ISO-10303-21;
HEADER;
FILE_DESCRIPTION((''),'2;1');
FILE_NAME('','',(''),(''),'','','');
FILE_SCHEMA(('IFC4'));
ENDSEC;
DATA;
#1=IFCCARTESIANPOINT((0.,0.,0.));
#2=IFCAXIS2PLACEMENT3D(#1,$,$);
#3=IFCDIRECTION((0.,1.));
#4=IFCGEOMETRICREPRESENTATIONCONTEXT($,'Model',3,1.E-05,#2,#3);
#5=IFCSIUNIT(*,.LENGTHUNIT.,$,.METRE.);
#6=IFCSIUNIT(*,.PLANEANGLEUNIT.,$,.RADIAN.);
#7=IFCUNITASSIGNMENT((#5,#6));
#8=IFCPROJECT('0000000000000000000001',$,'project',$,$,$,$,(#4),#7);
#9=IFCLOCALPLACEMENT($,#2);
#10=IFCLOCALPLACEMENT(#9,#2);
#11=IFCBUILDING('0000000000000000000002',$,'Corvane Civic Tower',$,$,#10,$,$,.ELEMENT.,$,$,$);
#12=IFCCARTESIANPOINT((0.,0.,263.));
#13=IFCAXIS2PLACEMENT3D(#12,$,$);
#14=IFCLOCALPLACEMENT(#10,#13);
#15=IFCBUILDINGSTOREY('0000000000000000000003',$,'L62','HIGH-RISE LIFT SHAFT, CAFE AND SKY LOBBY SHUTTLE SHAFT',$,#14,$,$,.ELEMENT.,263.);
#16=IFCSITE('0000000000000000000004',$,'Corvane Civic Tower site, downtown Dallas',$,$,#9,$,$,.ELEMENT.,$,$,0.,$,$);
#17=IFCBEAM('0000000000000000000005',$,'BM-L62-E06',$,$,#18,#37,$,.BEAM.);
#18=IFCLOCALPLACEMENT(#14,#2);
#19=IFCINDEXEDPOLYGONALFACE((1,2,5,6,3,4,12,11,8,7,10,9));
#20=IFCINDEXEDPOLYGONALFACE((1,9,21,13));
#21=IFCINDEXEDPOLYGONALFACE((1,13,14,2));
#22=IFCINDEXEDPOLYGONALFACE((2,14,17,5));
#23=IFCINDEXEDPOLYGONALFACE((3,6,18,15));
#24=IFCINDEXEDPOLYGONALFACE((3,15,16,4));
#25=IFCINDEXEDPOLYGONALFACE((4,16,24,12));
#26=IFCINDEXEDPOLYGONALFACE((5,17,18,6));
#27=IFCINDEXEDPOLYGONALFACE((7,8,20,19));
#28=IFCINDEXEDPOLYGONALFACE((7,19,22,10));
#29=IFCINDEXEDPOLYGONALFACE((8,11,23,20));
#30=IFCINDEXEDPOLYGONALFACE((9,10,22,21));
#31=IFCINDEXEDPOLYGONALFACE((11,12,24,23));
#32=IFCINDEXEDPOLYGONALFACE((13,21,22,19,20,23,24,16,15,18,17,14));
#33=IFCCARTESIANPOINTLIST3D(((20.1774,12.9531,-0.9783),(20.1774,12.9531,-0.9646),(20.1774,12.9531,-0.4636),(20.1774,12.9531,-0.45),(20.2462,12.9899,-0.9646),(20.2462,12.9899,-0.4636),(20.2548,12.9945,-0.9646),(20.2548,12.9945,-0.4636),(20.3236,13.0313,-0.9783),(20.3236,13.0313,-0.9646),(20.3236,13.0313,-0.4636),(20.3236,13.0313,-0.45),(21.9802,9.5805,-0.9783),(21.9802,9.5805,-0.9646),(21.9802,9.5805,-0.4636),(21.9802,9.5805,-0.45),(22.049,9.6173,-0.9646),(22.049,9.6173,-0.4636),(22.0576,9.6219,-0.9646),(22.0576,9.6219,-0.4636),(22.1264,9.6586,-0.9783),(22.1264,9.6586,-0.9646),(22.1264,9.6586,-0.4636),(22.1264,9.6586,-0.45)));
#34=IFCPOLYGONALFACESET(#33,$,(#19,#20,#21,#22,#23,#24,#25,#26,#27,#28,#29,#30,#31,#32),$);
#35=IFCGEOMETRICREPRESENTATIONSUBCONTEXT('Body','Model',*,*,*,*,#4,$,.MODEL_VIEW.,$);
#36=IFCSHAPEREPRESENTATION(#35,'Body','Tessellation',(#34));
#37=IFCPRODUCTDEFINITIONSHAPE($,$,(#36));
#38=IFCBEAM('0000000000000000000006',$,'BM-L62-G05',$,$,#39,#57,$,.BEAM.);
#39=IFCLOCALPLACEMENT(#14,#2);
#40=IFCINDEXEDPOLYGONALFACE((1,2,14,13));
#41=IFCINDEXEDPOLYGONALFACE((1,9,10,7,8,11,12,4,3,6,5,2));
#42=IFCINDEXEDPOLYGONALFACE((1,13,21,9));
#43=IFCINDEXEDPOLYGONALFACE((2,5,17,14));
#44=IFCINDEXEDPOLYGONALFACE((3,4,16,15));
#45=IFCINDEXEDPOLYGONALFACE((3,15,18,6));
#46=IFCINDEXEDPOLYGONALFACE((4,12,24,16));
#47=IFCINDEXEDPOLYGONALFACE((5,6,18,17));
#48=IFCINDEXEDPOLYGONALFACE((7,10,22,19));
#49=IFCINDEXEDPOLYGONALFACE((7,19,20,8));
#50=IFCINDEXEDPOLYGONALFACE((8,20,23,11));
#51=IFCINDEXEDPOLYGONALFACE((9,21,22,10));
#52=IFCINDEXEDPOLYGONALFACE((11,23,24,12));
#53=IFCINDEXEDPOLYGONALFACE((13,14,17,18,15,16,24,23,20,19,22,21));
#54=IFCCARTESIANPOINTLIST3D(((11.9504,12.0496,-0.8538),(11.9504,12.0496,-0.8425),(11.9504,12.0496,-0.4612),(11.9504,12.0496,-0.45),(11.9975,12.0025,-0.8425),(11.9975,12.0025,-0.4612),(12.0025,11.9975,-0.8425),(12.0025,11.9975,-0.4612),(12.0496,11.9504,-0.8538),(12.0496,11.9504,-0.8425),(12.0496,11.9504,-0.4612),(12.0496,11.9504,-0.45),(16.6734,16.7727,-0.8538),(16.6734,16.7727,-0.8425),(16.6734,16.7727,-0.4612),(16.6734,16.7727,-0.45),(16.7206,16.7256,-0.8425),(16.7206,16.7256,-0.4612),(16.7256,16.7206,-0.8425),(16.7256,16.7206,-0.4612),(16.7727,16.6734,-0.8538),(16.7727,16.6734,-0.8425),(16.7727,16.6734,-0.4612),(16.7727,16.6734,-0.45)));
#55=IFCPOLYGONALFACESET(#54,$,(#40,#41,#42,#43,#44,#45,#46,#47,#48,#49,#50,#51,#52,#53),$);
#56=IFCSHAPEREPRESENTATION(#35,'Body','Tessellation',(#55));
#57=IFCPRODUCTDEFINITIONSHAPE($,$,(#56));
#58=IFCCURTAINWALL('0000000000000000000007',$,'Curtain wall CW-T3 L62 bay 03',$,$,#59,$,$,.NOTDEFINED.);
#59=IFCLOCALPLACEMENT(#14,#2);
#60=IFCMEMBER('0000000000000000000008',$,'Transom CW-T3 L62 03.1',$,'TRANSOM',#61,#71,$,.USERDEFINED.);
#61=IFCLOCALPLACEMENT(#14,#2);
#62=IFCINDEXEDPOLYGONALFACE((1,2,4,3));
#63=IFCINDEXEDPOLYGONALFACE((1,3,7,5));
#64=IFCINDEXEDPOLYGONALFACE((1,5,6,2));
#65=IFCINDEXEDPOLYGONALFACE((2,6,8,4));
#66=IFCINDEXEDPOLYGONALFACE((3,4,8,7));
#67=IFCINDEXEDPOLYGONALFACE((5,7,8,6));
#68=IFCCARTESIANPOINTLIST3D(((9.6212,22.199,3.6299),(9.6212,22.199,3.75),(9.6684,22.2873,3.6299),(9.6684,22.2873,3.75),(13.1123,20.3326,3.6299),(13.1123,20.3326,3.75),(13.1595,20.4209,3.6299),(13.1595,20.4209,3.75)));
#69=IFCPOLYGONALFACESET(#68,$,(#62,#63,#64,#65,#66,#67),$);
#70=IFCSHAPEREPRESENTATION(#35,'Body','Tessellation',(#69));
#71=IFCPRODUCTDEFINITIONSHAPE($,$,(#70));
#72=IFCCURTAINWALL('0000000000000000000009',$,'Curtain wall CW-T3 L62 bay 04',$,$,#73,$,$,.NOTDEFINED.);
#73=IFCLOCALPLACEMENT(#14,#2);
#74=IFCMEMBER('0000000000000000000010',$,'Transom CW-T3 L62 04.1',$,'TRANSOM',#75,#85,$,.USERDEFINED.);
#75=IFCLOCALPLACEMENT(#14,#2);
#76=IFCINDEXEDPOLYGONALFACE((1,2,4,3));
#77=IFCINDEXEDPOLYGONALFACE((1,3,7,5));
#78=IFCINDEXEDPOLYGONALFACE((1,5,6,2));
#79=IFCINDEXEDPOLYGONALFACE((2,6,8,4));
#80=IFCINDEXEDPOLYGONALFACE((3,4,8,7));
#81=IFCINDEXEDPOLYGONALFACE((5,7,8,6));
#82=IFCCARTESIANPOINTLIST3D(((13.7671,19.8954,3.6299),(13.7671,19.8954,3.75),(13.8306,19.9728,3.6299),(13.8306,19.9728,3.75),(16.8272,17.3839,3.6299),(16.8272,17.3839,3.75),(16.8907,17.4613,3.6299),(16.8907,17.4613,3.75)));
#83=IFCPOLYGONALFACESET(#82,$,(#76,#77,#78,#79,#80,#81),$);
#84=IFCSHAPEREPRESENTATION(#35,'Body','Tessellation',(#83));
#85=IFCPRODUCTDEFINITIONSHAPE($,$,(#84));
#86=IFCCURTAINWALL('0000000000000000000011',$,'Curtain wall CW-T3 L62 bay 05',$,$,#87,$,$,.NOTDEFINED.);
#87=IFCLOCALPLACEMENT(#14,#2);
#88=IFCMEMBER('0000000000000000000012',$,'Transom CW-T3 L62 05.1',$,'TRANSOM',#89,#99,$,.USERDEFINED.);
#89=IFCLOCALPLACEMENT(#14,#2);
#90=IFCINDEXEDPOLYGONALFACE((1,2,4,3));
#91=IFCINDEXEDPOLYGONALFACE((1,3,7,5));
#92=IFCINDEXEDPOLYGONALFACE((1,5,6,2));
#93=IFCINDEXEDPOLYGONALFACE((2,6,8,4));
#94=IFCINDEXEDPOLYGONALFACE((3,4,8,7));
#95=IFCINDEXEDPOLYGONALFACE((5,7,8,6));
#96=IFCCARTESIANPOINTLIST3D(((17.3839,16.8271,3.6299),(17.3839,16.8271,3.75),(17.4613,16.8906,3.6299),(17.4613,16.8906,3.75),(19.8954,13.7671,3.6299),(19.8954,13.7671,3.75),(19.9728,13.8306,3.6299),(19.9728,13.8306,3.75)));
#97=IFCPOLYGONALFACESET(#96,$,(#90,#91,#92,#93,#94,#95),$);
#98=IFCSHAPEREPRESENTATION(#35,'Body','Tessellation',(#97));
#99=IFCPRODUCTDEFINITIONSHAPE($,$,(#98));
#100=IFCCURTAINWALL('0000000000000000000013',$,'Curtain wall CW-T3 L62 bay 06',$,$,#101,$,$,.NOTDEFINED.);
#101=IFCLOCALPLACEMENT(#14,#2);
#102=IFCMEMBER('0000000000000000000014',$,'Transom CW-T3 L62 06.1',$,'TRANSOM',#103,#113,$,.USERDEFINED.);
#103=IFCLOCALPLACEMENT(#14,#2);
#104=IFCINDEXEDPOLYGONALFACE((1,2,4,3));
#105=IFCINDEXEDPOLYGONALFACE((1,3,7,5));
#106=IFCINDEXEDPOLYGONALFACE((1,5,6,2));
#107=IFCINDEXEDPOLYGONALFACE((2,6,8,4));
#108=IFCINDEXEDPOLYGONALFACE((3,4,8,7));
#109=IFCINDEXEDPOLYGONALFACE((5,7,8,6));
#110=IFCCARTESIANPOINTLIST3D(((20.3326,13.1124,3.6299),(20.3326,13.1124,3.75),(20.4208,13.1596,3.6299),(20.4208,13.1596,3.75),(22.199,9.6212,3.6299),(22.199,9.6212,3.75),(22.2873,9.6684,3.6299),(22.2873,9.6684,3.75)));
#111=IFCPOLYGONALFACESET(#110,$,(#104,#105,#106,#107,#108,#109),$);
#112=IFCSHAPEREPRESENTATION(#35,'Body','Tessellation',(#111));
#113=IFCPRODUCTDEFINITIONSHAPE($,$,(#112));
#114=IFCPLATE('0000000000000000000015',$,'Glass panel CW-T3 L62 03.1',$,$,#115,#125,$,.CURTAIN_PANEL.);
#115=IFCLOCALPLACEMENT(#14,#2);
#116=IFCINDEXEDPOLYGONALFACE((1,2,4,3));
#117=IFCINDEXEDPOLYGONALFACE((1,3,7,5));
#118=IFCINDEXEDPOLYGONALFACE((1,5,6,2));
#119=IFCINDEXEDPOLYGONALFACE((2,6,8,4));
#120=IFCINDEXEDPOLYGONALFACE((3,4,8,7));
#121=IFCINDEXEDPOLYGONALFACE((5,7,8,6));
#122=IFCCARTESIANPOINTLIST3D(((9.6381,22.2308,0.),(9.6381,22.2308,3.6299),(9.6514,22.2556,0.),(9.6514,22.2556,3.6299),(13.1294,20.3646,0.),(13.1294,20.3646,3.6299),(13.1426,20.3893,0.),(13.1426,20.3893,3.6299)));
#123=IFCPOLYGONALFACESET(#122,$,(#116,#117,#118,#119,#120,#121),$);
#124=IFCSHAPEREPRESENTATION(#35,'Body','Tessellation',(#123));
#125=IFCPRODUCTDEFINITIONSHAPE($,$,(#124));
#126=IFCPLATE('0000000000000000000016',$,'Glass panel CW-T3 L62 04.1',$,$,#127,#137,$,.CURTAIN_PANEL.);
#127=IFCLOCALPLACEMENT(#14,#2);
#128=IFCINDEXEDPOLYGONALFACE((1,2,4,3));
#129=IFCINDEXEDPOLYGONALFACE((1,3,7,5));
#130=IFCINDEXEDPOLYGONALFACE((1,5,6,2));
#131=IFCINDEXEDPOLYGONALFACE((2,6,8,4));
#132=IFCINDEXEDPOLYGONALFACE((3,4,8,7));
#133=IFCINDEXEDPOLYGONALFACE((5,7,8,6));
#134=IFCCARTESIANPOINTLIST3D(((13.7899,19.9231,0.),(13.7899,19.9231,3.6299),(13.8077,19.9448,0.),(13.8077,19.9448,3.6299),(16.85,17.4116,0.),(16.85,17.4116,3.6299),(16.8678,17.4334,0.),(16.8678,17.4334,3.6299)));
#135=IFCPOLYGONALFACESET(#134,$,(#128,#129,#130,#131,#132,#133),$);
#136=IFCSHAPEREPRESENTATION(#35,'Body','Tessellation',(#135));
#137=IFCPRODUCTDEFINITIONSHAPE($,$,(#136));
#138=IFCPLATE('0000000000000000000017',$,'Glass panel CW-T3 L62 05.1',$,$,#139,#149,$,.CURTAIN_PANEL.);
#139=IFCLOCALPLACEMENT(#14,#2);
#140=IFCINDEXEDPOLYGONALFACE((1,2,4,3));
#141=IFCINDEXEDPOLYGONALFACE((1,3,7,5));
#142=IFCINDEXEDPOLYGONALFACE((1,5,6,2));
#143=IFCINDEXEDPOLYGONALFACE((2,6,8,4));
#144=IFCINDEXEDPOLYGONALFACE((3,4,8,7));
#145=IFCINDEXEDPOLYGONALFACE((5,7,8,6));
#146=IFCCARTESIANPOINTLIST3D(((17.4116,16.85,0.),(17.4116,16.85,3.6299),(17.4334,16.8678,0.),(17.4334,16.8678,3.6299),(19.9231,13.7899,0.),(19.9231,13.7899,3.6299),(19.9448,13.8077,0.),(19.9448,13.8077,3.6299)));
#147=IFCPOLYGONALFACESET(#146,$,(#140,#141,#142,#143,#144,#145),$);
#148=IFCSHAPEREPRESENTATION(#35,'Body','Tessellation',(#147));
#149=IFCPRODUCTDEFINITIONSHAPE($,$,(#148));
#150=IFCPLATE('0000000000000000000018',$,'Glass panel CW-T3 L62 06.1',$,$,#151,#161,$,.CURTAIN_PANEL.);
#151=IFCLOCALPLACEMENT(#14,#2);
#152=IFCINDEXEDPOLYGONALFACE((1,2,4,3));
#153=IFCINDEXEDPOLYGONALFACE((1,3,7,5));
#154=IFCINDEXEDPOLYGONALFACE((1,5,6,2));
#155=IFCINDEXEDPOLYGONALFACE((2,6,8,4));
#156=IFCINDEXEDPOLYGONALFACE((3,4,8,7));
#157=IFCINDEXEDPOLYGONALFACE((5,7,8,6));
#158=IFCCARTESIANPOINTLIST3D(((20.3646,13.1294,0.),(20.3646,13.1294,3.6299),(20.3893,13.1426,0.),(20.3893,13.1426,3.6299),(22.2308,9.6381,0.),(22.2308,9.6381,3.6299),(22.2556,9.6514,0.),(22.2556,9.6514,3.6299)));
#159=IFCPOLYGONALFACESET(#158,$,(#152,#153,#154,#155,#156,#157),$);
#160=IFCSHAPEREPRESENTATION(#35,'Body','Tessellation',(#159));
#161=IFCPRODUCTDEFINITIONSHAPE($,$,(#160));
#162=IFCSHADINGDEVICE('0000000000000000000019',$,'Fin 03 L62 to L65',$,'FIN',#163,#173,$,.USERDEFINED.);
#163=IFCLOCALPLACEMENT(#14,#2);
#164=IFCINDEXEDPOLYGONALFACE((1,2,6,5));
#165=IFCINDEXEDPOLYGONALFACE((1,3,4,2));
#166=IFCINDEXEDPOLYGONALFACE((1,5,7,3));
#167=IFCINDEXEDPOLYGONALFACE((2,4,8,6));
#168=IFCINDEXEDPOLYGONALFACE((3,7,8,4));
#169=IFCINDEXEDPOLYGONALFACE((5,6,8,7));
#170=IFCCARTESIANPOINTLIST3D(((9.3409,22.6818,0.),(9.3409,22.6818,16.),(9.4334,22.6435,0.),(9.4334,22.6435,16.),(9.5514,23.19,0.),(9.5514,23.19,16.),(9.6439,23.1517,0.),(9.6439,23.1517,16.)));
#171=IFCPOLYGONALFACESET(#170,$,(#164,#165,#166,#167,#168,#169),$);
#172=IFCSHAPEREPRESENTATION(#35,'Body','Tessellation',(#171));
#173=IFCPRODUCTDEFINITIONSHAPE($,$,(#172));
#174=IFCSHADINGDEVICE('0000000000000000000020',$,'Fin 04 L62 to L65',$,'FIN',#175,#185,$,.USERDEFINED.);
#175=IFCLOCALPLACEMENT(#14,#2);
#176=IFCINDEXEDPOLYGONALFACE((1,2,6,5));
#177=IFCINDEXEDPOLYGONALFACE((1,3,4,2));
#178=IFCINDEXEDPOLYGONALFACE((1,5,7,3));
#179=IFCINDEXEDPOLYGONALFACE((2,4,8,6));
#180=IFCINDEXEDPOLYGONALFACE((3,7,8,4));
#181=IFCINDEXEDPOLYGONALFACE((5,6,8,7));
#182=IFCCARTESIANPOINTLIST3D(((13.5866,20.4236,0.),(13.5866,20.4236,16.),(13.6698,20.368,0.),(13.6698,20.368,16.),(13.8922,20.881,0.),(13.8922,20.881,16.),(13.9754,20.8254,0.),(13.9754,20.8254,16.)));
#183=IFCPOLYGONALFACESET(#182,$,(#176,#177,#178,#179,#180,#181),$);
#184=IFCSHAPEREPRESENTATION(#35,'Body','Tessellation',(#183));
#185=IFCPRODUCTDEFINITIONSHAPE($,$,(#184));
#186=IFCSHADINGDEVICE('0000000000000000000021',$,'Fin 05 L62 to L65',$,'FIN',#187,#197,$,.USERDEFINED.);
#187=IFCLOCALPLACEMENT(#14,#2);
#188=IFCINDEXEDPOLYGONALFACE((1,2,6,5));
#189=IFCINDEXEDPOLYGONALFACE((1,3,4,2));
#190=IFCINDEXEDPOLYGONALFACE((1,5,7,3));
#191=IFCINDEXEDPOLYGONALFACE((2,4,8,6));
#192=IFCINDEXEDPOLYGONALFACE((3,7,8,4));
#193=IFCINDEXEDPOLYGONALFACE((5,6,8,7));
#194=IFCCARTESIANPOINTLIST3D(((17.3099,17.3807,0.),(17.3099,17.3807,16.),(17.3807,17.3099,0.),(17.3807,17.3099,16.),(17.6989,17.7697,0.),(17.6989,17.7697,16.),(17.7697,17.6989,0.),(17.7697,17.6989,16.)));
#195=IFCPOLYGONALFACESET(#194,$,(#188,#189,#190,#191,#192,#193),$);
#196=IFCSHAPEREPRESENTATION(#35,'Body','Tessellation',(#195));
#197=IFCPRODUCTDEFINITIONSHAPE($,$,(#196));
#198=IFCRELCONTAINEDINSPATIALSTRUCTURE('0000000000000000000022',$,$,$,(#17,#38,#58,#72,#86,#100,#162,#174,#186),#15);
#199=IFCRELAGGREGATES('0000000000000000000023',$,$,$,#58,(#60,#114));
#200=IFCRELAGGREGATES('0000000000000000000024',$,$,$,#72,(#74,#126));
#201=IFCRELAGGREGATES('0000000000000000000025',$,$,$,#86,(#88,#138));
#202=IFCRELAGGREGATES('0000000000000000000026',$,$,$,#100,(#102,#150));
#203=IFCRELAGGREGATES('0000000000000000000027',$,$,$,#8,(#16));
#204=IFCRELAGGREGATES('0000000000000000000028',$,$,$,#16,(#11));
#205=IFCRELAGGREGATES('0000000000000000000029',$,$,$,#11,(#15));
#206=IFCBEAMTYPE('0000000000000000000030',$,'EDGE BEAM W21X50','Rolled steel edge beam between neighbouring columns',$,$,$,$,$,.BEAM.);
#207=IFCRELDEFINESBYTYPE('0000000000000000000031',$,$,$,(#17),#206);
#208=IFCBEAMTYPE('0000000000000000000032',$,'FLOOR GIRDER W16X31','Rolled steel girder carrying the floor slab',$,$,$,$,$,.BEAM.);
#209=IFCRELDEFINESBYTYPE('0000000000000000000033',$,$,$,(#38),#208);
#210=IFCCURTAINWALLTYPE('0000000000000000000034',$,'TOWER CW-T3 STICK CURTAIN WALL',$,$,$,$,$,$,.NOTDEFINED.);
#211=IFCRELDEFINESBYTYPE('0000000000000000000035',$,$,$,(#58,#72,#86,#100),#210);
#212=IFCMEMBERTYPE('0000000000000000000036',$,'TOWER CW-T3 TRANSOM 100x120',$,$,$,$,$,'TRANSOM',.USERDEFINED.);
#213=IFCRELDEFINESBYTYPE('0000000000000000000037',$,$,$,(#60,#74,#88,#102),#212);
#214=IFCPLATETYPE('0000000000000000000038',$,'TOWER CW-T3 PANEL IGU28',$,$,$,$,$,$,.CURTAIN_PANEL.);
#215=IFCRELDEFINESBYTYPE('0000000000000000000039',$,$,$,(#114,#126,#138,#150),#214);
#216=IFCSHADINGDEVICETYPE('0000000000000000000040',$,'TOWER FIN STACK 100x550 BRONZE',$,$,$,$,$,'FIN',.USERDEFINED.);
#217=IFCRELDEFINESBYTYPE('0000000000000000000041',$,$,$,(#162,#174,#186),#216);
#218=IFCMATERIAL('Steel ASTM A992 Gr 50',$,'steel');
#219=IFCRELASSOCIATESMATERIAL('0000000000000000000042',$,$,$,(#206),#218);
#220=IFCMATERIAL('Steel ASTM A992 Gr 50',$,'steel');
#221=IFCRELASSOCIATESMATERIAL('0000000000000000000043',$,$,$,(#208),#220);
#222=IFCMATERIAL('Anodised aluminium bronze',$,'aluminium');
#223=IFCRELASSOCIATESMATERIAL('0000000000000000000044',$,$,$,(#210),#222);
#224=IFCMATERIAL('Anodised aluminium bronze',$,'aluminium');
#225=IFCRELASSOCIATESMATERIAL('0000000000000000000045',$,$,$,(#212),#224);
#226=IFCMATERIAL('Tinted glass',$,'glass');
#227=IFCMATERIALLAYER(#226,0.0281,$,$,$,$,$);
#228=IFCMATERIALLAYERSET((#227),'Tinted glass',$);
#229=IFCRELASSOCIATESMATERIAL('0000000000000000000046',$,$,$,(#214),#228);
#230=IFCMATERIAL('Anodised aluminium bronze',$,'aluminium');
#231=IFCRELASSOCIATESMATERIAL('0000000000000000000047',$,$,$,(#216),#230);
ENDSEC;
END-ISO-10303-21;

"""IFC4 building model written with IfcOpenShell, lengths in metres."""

from ifc_helpers import new_model, si_unit, direction, frame, origin, origin_2d, place, context, subcontext, project, spatial, rectangle, i_section, extrude, material, layer, layer_set, material_profile, profile_set, type_object, element, aggregate, save


model = new_model("IFC4")

# Units and contexts
model_context = context("Model", 3, precision=1e-05, world=origin(), true_north=direction((0.0, 1.0)))
body_context = subcontext(model_context, "Body", "Model", "MODEL_VIEW")
ifc_project = project(units=[si_unit("LENGTHUNIT", "METRE"), si_unit("PLANEANGLEUNIT", "RADIAN")], contexts=[model_context])

# Site, building, storey
site_placement = place(None, origin())
site = spatial("IfcSite", under=ifc_project, at=site_placement, Name="Corvane Civic Tower site, downtown Dallas", CompositionType="ELEMENT", RefElevation=0.0)
building_placement = place(site_placement, origin())
building = spatial("IfcBuilding", under=site, at=building_placement, Name="Corvane Civic Tower", CompositionType="ELEMENT")
storey_placement = place(building_placement, frame((0.0, 0.0, 263.0)))
storey = spatial("IfcBuildingStorey", under=building, at=storey_placement, Name="L62", Description="HIGH-RISE LIFT SHAFT, CAFE AND SKY LOBBY SHUTTLE SHAFT", CompositionType="ELEMENT", Elevation=263.0)

# Beams
ifc_material_1 = material(Name="Steel ASTM A992 Gr 50", Category="steel")
ifc_material_profile_1 = material_profile(ifc_material_1, i_section(OverallWidth=0.1658, OverallDepth=0.5283, WebThickness=0.0098, FlangeThickness=0.0137, at=origin_2d()), Name="W21X50")
ifc_profile_set_1 = profile_set([ifc_material_profile_1], Name="Steel ASTM A992 Gr 50")
beam_type_1 = type_object("IfcBeamType", Name="EDGE BEAM W21X50", Description="Rolled steel edge beam between neighbouring columns", PredefinedType="BEAM", material=ifc_profile_set_1)
beam_1_placement = place(storey_placement, frame((20.2505, 12.9922, -0.7141), z_axis=(0.47141, -0.881914, 0.0), x_axis=(0.881914, 0.47141, 0.0)))
element("IfcBeam", 1, at=beam_1_placement, inside=storey, type_object=beam_type_1, Name="BM-L62-E06", PredefinedType="BEAM", context=body_context, shape_type="SweptSolid", body=[
    extrude(i_section(OverallWidth=0.1658, OverallDepth=0.5283, WebThickness=0.0098, FlangeThickness=0.0137, at=origin_2d()), origin(), (0.0, 0.0, 1.0), 3.8242),
])
ifc_material_2 = material(Name="Steel ASTM A992 Gr 50", Category="steel")
ifc_material_profile_2 = material_profile(ifc_material_2, i_section(OverallWidth=0.1404, OverallDepth=0.4038, WebThickness=0.0071, FlangeThickness=0.0112, at=origin_2d()), Name="W16X31")
ifc_profile_set_2 = profile_set([ifc_material_profile_2], Name="Steel ASTM A992 Gr 50")
beam_type_2 = type_object("IfcBeamType", Name="FLOOR GIRDER W16X31", Description="Rolled steel girder carrying the floor slab", PredefinedType="BEAM", material=ifc_profile_set_2)
beam_2_placement = place(storey_placement, frame((12.0, 12.0, -0.6519), z_axis=(0.707107, 0.707107, 0.0), x_axis=(-0.707107, 0.707107, 0.0)))
element("IfcBeam", 2, at=beam_2_placement, inside=storey, type_object=beam_type_2, Name="BM-L62-G05", PredefinedType="BEAM", context=body_context, shape_type="SweptSolid", body=[
    extrude(i_section(OverallWidth=0.1404, OverallDepth=0.4038, WebThickness=0.0071, FlangeThickness=0.0112, at=origin_2d()), origin(), (0.0, 0.0, 1.0), 6.6794),
])

# Curtain walls, members
ifc_material_3 = material(Name="Anodised aluminium bronze", Category="aluminium")
curtain_wall_type = type_object("IfcCurtainWallType", Name="TOWER CW-T3 STICK CURTAIN WALL", PredefinedType="NOTDEFINED", material=ifc_material_3)
curtain_wall_1_placement = place(storey_placement, origin())
curtain_wall_1 = element("IfcCurtainWall", 3, at=curtain_wall_1_placement, inside=storey, type_object=curtain_wall_type, Name="Curtain wall CW-T3 L62 bay 03", PredefinedType="NOTDEFINED")
ifc_material_4 = material(Name="Anodised aluminium bronze", Category="aluminium")
ifc_material_profile_3 = material_profile(ifc_material_4, rectangle(XDim=0.1001, YDim=0.1201, at=origin_2d()), Name="TOWER CW-T3 TRANSOM 100x120")
ifc_profile_set_3 = profile_set([ifc_material_profile_3], Name="Anodised aluminium bronze")
member_type = type_object("IfcMemberType", Name="TOWER CW-T3 TRANSOM 100x120", ElementType="TRANSOM", PredefinedType="USERDEFINED", material=ifc_profile_set_3)
member_1_placement = place(storey_placement, frame((9.6448, 22.2432, 3.6899), z_axis=(0.881883, -0.471468, 0.0), x_axis=(0.471468, 0.881883, 0.0)))
member_1 = element("IfcMember", 4, at=member_1_placement, type_object=member_type, Name="Transom CW-T3 L62 03.1", ObjectType="TRANSOM", PredefinedType="USERDEFINED", context=body_context, shape_type="SweptSolid", body=[
    extrude(rectangle(XDim=0.1001, YDim=0.1201, at=origin_2d()), origin(), (0.0, 0.0, 1.0), 3.9587),
])
curtain_wall_2_placement = place(storey_placement, origin())
curtain_wall_2 = element("IfcCurtainWall", 5, at=curtain_wall_2_placement, inside=storey, type_object=curtain_wall_type, Name="Curtain wall CW-T3 L62 bay 04", PredefinedType="NOTDEFINED")
member_2_placement = place(storey_placement, frame((13.7988, 19.9341, 3.6899), z_axis=(0.772992, -0.634416, 0.0), x_axis=(0.634416, 0.772992, 0.0)))
member_2 = element("IfcMember", 6, at=member_2_placement, type_object=member_type, Name="Transom CW-T3 L62 04.1", ObjectType="TRANSOM", PredefinedType="USERDEFINED", context=body_context, shape_type="SweptSolid", body=[
    extrude(rectangle(XDim=0.1001, YDim=0.1201, at=origin_2d()), origin(), (0.0, 0.0, 1.0), 3.9587),
])
curtain_wall_3_placement = place(storey_placement, origin())
curtain_wall_3 = element("IfcCurtainWall", 7, at=curtain_wall_3_placement, inside=storey, type_object=curtain_wall_type, Name="Curtain wall CW-T3 L62 bay 05", PredefinedType="NOTDEFINED")
member_3_placement = place(storey_placement, frame((17.4226, 16.8589, 3.6899), z_axis=(0.634416, -0.772992, 0.0), x_axis=(0.772992, 0.634416, 0.0)))
member_3 = element("IfcMember", 8, at=member_3_placement, type_object=member_type, Name="Transom CW-T3 L62 05.1", ObjectType="TRANSOM", PredefinedType="USERDEFINED", context=body_context, shape_type="SweptSolid", body=[
    extrude(rectangle(XDim=0.1001, YDim=0.1201, at=origin_2d()), origin(), (0.0, 0.0, 1.0), 3.9587),
])
curtain_wall_4_placement = place(storey_placement, origin())
curtain_wall_4 = element("IfcCurtainWall", 9, at=curtain_wall_4_placement, inside=storey, type_object=curtain_wall_type, Name="Curtain wall CW-T3 L62 bay 06", PredefinedType="NOTDEFINED")
member_4_placement = place(storey_placement, frame((20.3767, 13.136, 3.6899), z_axis=(0.471468, -0.881883, 0.0), x_axis=(0.881883, 0.471468, 0.0)))
member_4 = element("IfcMember", 10, at=member_4_placement, type_object=member_type, Name="Transom CW-T3 L62 06.1", ObjectType="TRANSOM", PredefinedType="USERDEFINED", context=body_context, shape_type="SweptSolid", body=[
    extrude(rectangle(XDim=0.1001, YDim=0.1201, at=origin_2d()), origin(), (0.0, 0.0, 1.0), 3.9587),
])

# Plates
ifc_material_5 = material(Name="Tinted glass", Category="glass")
ifc_layer = layer(ifc_material_5, 0.0281)
ifc_layer_set = layer_set([ifc_layer], Name="Tinted glass")
plate_type = type_object("IfcPlateType", Name="TOWER CW-T3 PANEL IGU28", PredefinedType="CURTAIN_PANEL", material=ifc_layer_set)
plate_1_placement = place(storey_placement, frame((11.3904, 21.3101, 0.0), z_axis=(0.0, 0.0, 1.0), x_axis=(0.881908, -0.471421, 0.0)))
plate_1 = element("IfcPlate", 11, at=plate_1_placement, type_object=plate_type, Name="Glass panel CW-T3 L62 03.1", PredefinedType="CURTAIN_PANEL", context=body_context, shape_type="SweptSolid", body=[
    extrude(rectangle(XDim=3.9587, YDim=0.0281, at=origin_2d()), origin(), (0.0, 0.0, 1.0), 3.6299),
])
aggregate(curtain_wall_1, [member_1, plate_1])
plate_2_placement = place(storey_placement, frame((15.3289, 18.6782, 0.0), z_axis=(0.0, 0.0, 1.0), x_axis=(0.773001, -0.634405, 0.0)))
plate_2 = element("IfcPlate", 12, at=plate_2_placement, type_object=plate_type, Name="Glass panel CW-T3 L62 04.1", PredefinedType="CURTAIN_PANEL", context=body_context, shape_type="SweptSolid", body=[
    extrude(rectangle(XDim=3.9587, YDim=0.0281, at=origin_2d()), origin(), (0.0, 0.0, 1.0), 3.6299),
])
aggregate(curtain_wall_2, [member_2, plate_2])
plate_3_placement = place(storey_placement, frame((18.6782, 15.3289, 0.0), z_axis=(0.0, 0.0, 1.0), x_axis=(0.634405, -0.773001, 0.0)))
plate_3 = element("IfcPlate", 13, at=plate_3_placement, type_object=plate_type, Name="Glass panel CW-T3 L62 05.1", PredefinedType="CURTAIN_PANEL", context=body_context, shape_type="SweptSolid", body=[
    extrude(rectangle(XDim=3.9587, YDim=0.0281, at=origin_2d()), origin(), (0.0, 0.0, 1.0), 3.6299),
])
aggregate(curtain_wall_3, [member_3, plate_3])
plate_4_placement = place(storey_placement, frame((21.3101, 11.3904, 0.0), z_axis=(0.0, 0.0, 1.0), x_axis=(0.471421, -0.881908, 0.0)))
plate_4 = element("IfcPlate", 14, at=plate_4_placement, type_object=plate_type, Name="Glass panel CW-T3 L62 06.1", PredefinedType="CURTAIN_PANEL", context=body_context, shape_type="SweptSolid", body=[
    extrude(rectangle(XDim=3.9587, YDim=0.0281, at=origin_2d()), origin(), (0.0, 0.0, 1.0), 3.6299),
])
aggregate(curtain_wall_4, [member_4, plate_4])

# Shading devices
ifc_material_6 = material(Name="Anodised aluminium bronze", Category="aluminium")
ifc_material_profile_4 = material_profile(ifc_material_6, rectangle(XDim=0.1001, YDim=0.55, at=origin_2d()), Name="TOWER FIN STACK 100x550 BRONZE")
ifc_profile_set_4 = profile_set([ifc_material_profile_4], Name="Anodised aluminium bronze")
shading_device_type = type_object("IfcShadingDeviceType", Name="TOWER FIN STACK 100x550 BRONZE", ElementType="FIN", PredefinedType="USERDEFINED", material=ifc_profile_set_4)
for number, where, z_axis, x_axis, name in (
    (15, (9.4924, 22.9167, 0.0), (0.0, 0.0, 1.0), (0.92388, -0.382683, 0.0), "Fin 03 L62 to L65"),
    (16, (13.781, 20.6245, 0.0), (0.0, 0.0, 1.0), (0.83147, -0.55557, 0.0), "Fin 04 L62 to L65"),
    (17, (17.5398, 17.5398, 0.0), (0.0, 0.0, 1.0), (0.707107, -0.707107, 0.0), "Fin 05 L62 to L65"),
):
    element("IfcShadingDevice", number, at=place(storey_placement, frame(where, z_axis=z_axis, x_axis=x_axis)), inside=storey, type_object=shading_device_type, Name=name, ObjectType="FIN", PredefinedType="USERDEFINED", context=body_context, shape_type="SweptSolid", body=[
        extrude(rectangle(XDim=0.1001, YDim=0.55, at=origin_2d()), origin(), (0.0, 0.0, 1.0), 16.0),
    ])

save(model, "model.ifc")
